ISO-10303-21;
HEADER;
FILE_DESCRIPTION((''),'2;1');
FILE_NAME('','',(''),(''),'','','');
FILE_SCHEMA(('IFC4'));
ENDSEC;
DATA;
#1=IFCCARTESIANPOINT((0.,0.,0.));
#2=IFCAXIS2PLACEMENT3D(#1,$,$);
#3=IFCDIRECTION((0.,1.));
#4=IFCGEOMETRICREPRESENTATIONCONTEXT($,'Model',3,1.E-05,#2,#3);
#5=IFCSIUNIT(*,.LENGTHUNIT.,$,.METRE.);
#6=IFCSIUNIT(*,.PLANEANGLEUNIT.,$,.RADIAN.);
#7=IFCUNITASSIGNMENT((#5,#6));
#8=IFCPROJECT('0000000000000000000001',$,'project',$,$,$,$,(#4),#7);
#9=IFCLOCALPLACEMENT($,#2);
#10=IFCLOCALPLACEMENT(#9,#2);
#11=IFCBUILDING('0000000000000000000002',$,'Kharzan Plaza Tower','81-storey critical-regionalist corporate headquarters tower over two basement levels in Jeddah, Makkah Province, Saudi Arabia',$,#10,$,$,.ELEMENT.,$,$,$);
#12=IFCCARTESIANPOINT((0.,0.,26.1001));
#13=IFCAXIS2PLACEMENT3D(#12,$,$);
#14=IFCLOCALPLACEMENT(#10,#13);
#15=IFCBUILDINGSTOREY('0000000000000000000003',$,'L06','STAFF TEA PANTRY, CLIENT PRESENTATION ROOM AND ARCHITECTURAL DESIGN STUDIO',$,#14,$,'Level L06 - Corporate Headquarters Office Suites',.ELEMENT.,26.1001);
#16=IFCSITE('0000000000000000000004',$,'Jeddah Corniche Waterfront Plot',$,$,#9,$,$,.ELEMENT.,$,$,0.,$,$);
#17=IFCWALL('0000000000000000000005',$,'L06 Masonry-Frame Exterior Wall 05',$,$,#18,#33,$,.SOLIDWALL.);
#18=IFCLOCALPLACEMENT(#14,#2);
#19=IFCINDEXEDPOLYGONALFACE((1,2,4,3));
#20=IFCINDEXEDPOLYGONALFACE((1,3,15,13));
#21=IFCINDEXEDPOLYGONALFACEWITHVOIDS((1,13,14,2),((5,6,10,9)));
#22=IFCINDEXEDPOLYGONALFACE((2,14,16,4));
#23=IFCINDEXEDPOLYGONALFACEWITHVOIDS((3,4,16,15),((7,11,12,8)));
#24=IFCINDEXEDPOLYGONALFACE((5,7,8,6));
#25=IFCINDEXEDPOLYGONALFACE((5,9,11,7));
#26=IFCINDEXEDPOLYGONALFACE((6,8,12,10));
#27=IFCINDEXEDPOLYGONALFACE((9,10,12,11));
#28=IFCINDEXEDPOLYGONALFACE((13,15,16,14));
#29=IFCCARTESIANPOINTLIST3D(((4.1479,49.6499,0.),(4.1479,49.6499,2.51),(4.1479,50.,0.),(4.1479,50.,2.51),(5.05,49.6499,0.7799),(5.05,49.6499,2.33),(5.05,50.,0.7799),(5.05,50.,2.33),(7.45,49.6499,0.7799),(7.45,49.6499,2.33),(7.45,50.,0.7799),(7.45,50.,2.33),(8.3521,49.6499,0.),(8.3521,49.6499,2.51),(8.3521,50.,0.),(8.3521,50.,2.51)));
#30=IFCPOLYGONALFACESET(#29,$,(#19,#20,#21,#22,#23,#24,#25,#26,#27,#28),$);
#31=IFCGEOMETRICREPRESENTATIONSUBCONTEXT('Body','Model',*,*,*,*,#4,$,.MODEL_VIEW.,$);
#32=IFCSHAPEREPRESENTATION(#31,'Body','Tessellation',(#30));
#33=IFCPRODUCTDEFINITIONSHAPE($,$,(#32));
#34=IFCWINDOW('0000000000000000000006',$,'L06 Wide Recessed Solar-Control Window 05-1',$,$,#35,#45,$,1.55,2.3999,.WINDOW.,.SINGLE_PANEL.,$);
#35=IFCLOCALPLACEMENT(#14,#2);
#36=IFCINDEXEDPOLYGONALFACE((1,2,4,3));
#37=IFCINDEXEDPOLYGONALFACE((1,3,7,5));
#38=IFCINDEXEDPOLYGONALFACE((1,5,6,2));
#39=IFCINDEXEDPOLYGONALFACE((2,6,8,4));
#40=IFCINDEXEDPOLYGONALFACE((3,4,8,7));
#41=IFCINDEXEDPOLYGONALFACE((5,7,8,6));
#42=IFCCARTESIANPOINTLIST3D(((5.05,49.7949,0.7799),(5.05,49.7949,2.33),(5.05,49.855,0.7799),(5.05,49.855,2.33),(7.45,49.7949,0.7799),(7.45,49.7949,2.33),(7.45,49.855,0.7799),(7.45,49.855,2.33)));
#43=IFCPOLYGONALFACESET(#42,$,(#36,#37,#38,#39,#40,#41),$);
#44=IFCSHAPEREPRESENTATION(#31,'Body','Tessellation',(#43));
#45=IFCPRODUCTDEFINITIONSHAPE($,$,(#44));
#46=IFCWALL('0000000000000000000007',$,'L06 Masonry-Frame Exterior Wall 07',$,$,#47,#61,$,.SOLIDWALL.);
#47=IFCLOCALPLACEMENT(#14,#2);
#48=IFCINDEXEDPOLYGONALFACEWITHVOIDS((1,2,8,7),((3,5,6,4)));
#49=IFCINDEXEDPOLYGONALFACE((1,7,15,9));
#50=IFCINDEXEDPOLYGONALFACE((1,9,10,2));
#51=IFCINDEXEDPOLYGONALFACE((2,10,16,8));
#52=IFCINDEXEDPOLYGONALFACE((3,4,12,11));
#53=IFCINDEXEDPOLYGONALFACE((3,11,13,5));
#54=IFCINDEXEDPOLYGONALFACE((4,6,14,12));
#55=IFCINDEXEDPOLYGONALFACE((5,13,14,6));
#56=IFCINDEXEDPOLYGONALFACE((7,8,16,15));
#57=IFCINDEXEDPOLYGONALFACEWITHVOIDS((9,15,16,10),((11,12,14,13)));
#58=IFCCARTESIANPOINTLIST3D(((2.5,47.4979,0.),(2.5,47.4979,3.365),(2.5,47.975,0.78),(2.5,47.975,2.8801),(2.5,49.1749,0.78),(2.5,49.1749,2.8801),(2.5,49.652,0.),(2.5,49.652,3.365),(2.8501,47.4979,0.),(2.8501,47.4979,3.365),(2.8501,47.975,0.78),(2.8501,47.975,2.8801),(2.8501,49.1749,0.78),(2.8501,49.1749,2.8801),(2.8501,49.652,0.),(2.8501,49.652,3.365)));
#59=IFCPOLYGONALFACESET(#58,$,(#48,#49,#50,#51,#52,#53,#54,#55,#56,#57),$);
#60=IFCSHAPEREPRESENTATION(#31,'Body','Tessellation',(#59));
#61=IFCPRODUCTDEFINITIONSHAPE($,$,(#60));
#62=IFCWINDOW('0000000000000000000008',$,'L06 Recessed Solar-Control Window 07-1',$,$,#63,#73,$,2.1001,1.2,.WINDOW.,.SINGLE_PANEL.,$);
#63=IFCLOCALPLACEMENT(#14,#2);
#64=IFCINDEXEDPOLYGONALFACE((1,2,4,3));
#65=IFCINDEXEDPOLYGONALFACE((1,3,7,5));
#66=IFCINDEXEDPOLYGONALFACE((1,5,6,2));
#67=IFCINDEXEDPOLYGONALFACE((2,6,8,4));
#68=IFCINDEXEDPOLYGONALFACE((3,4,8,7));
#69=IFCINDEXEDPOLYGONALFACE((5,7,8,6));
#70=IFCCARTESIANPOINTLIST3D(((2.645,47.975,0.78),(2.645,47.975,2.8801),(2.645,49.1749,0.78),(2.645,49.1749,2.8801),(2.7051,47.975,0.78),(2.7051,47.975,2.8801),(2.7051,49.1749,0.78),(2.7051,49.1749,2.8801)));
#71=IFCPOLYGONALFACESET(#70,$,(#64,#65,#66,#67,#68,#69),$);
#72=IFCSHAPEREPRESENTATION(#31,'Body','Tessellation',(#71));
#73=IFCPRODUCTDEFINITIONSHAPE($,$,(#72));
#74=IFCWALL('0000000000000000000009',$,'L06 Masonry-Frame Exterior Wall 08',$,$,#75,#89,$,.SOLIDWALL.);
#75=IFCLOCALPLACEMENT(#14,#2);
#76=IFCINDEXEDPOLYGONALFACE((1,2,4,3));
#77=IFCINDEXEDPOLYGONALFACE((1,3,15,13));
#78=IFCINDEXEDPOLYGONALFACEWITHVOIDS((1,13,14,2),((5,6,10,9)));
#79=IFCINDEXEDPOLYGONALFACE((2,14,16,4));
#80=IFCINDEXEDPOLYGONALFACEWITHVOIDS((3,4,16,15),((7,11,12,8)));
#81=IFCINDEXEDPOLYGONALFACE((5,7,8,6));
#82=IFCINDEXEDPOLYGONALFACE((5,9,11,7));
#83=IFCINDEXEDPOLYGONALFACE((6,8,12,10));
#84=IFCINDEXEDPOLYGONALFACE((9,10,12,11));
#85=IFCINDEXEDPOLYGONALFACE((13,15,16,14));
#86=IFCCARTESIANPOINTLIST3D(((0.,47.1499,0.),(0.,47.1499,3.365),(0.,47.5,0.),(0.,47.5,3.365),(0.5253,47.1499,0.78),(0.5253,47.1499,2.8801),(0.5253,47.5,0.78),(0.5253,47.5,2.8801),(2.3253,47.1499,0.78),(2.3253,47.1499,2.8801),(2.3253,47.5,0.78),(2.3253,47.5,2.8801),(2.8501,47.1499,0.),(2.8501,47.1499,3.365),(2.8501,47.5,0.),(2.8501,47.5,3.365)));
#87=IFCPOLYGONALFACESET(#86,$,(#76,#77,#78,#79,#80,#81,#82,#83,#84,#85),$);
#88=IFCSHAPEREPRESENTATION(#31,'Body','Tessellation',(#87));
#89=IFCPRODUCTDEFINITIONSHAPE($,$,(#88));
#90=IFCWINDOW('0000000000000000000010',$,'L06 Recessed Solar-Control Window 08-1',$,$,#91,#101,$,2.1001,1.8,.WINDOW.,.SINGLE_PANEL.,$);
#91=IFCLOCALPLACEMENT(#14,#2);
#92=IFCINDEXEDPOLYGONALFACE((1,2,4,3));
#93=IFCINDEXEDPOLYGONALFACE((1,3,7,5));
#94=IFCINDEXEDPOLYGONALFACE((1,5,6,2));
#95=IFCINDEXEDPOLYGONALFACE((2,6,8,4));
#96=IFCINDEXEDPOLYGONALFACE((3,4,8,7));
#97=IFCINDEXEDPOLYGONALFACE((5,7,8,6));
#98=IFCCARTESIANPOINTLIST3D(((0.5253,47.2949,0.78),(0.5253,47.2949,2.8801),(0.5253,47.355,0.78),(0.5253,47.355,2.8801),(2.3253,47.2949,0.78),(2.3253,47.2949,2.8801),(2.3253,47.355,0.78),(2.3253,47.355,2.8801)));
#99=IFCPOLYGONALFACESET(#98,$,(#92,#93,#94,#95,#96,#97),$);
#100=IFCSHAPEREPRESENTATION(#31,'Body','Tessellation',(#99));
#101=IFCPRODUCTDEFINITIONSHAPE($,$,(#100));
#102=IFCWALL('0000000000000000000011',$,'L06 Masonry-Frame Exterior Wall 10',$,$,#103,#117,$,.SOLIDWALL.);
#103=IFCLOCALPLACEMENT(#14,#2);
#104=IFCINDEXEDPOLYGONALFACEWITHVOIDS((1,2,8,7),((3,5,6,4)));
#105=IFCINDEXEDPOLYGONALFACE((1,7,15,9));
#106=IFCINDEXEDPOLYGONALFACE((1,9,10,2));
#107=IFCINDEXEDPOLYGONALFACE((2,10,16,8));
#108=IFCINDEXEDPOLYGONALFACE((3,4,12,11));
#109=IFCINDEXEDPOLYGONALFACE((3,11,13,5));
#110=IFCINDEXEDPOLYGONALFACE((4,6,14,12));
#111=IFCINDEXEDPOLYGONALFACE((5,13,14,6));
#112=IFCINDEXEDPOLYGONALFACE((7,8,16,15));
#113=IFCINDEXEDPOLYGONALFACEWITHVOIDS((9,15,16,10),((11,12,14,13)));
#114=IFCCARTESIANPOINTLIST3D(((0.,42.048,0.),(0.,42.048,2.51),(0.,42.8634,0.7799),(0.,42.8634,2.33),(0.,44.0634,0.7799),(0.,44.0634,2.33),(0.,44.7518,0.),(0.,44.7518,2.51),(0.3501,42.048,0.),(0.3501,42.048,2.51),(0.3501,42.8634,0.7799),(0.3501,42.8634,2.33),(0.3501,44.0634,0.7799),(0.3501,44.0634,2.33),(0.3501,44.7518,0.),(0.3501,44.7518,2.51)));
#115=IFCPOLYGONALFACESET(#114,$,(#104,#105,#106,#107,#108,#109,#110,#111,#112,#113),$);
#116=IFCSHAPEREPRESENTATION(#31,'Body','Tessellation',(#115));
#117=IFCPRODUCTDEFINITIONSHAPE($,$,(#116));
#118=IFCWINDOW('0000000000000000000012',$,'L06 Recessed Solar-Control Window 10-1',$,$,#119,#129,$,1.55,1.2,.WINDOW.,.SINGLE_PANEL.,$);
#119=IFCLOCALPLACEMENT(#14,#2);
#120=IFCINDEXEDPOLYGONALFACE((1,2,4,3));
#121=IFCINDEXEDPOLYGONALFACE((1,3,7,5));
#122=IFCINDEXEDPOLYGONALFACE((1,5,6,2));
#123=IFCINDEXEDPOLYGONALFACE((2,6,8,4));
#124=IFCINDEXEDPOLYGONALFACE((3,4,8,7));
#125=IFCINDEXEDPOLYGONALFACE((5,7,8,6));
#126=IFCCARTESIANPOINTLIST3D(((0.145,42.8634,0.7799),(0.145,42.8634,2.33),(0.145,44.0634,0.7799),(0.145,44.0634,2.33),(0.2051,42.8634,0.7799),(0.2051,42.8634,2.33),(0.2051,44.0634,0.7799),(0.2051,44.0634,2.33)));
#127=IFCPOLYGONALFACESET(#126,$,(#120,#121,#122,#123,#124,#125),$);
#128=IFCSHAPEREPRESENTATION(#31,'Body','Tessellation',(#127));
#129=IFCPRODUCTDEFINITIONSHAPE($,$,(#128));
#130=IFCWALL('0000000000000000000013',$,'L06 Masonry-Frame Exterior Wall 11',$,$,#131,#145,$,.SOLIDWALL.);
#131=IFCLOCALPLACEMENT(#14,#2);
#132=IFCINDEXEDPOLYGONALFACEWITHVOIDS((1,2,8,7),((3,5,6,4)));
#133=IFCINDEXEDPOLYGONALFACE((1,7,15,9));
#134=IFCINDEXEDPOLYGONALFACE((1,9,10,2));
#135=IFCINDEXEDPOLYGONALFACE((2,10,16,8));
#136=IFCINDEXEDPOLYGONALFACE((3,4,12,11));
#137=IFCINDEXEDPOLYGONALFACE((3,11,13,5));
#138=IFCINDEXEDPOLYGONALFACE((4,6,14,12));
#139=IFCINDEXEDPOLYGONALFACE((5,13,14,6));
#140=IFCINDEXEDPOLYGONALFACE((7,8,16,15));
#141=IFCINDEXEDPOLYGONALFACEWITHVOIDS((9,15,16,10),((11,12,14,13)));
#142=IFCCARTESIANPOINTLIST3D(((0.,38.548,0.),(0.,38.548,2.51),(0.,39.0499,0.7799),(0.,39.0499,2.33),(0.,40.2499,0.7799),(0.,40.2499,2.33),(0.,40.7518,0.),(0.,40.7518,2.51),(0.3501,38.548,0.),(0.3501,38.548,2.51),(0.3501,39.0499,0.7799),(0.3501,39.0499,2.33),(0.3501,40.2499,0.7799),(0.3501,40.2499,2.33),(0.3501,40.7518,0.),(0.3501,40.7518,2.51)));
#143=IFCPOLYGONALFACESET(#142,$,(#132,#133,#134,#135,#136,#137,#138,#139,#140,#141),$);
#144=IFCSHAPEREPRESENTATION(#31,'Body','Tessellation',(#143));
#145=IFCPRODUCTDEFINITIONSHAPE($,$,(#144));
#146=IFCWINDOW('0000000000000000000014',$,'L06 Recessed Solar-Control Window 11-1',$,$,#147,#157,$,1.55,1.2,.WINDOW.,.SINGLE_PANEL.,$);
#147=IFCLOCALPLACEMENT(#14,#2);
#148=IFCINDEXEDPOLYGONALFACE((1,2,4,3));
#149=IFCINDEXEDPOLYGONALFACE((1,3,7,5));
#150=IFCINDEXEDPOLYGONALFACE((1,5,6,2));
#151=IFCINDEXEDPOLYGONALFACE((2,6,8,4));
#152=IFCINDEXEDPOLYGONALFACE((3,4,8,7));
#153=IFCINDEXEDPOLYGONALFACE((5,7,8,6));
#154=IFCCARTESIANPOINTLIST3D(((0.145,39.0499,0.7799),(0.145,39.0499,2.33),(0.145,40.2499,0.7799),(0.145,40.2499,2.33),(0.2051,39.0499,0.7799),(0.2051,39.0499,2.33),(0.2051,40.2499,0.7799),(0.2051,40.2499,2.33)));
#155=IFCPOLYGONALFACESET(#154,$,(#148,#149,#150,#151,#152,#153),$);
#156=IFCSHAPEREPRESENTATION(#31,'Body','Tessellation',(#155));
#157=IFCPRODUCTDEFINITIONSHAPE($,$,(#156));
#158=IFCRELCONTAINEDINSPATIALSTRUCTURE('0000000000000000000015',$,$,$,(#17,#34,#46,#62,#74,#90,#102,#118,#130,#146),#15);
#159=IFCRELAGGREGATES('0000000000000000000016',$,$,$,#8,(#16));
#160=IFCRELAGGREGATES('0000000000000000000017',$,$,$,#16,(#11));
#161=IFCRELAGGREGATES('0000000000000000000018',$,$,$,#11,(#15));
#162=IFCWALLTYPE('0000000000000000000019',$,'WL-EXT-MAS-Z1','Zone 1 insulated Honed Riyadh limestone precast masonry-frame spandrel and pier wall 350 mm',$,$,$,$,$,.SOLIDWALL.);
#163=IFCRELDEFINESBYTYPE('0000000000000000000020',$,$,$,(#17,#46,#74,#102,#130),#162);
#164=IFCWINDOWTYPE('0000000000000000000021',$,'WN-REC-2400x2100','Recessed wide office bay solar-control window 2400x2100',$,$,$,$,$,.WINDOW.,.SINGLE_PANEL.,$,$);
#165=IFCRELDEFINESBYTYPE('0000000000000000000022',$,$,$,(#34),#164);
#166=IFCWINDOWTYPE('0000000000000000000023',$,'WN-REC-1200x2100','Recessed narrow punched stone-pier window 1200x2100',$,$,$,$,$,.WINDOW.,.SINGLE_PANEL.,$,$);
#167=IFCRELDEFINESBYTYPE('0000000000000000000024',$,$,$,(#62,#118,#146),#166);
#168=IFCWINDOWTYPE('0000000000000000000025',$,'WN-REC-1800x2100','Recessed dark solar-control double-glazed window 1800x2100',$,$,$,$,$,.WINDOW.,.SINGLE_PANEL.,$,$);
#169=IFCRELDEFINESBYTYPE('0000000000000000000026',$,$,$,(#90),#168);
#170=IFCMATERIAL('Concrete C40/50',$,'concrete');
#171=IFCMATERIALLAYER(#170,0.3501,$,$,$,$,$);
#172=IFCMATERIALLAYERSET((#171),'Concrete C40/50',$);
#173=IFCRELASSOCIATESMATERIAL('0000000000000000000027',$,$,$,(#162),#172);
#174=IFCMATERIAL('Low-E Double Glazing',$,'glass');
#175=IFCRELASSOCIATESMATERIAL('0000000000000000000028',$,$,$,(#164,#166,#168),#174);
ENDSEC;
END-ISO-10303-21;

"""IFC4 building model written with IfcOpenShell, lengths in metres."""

from ifc_helpers import new_model, si_unit, direction, frame, frame_2d, origin, place, context, subcontext, project, spatial, rectangle, extrude, source, transform, mapped, material, layer, layer_set, type_object, element, fill, save


model = new_model("IFC4")

# Units and contexts
model_context = context("Model", 3, precision=1e-05, world=origin(), true_north=direction((0.0, 1.0)))
body_context = subcontext(model_context, "Body", "Model", "MODEL_VIEW")
ifc_project = project(units=[si_unit("LENGTHUNIT", "METRE"), si_unit("PLANEANGLEUNIT", "RADIAN")], contexts=[model_context])

# Site, building, storey
site_placement = place(None, origin())
site = spatial("IfcSite", under=ifc_project, at=site_placement, Name="Jeddah Corniche Waterfront Plot", CompositionType="ELEMENT", RefElevation=0.0)
building_placement = place(site_placement, origin())
building = spatial("IfcBuilding", under=site, at=building_placement, Name="Kharzan Plaza Tower", Description="81-storey critical-regionalist corporate headquarters tower over two basement levels in Jeddah, Makkah Province, Saudi Arabia", CompositionType="ELEMENT")
storey_placement = place(building_placement, frame((0.0, 0.0, 26.1001)))
storey = spatial("IfcBuildingStorey", under=building, at=storey_placement, Name="L06", Description="STAFF TEA PANTRY, CLIENT PRESENTATION ROOM AND ARCHITECTURAL DESIGN STUDIO", LongName="Level L06 - Corporate Headquarters Office Suites", CompositionType="ELEMENT", Elevation=26.1001)

# Walls, openings, windows
ifc_material_1 = material(Name="Concrete C40/50", Category="concrete")
ifc_layer_1 = layer(ifc_material_1, 0.3501)
ifc_layer_set_1 = layer_set([ifc_layer_1], Name="Concrete C40/50")
wall_type_1 = type_object("IfcWallType", Name="WL-EXT-MAS-Z1", Description="Zone 1 insulated Honed Riyadh limestone precast masonry-frame spandrel and pier wall 350 mm", PredefinedType="SOLIDWALL", material=ifc_layer_set_1)
wall_1_placement = place(storey_placement, frame((8.3521, 49.825, 0.0), z_axis=(0.0, 0.0, 1.0), x_axis=(-1.0, 0.0, 0.0)))
wall_1 = element("IfcWall", 1, at=wall_1_placement, inside=storey, type_object=wall_type_1, Name="L06 Masonry-Frame Exterior Wall 05", PredefinedType="SOLIDWALL", context=body_context, shape_type="SweptSolid", body=[
    extrude(rectangle(XDim=4.2041, YDim=0.3501, at=frame_2d((2.1021, 0.0))), origin(), (0.0, 0.0, 1.0), 2.51),
])
opening_1_placement = place(wall_1_placement, frame((0.9021, 0.0, 0.78)))
opening_1 = element("IfcOpeningElement", 2, at=opening_1_placement, cuts=wall_1, PredefinedType="OPENING", context=body_context, shape_type="SweptSolid", body=[
    extrude(rectangle(XDim=2.3999, YDim=1.55, at=frame_2d((1.2, 0.7749))), frame((0.0, 0.1851, 0.0), z_axis=(0.0, -1.0, 0.0), x_axis=(1.0, 0.0, 0.0)), (0.0, 0.0, 1.0), 0.3701),
])
ifc_material_2 = material(Name="Low-E Double Glazing", Category="glass")
window_type_1 = type_object("IfcWindowType", Name="WN-REC-2400x2100", Description="Recessed wide office bay solar-control window 2400x2100", PartitioningType="SINGLE_PANEL", PredefinedType="WINDOW", material=ifc_material_2)
shared_shape_1 = source(origin(), body_context, "Body", "SweptSolid", [
    extrude(rectangle(XDim=2.3999, YDim=1.55, at=frame_2d((1.2, 0.7749))), frame((0.0, 0.03, 0.0), z_axis=(0.0, -1.0, 0.0), x_axis=(1.0, 0.0, 0.0)), (0.0, 0.0, 1.0), 0.0601),
])
window_1_placement = place(opening_1_placement, origin())
window_1 = element("IfcWindow", 3, at=window_1_placement, inside=storey, type_object=window_type_1, Name="L06 Wide Recessed Solar-Control Window 05-1", OverallHeight=1.55, OverallWidth=2.3999, PartitioningType="SINGLE_PANEL", PredefinedType="WINDOW", context=body_context, shape_type="MappedRepresentation", body=[
    mapped(shared_shape_1, transform((0.0, 0.0, 0.0), x_axis=(1.0, 0.0, 0.0), y_axis=(0.0, 1.0, 0.0), z_axis=(0.0, 0.0, 1.0))),
])
fill(opening_1, window_1)
wall_2_placement = place(storey_placement, frame((2.675, 49.6521, 0.0), z_axis=(0.0, 0.0, 1.0), x_axis=(0.0, -1.0, 0.0)))
wall_2 = element("IfcWall", 4, at=wall_2_placement, inside=storey, type_object=wall_type_1, Name="L06 Masonry-Frame Exterior Wall 07", PredefinedType="SOLIDWALL", context=body_context, shape_type="SweptSolid", body=[
    extrude(rectangle(XDim=2.1541, YDim=0.3501, at=frame_2d((1.0771, 0.0))), origin(), (0.0, 0.0, 1.0), 3.365),
])
opening_2_placement = place(wall_2_placement, frame((0.4771, 0.0, 0.78)))
opening_2 = element("IfcOpeningElement", 5, at=opening_2_placement, cuts=wall_2, PredefinedType="OPENING", context=body_context, shape_type="SweptSolid", body=[
    extrude(rectangle(XDim=1.2, YDim=2.1001, at=frame_2d((0.6001, 1.05))), frame((0.0, 0.1851, 0.0), z_axis=(0.0, -1.0, 0.0), x_axis=(1.0, 0.0, 0.0)), (0.0, 0.0, 1.0), 0.3701),
])
window_type_2 = type_object("IfcWindowType", Name="WN-REC-1200x2100", Description="Recessed narrow punched stone-pier window 1200x2100", PartitioningType="SINGLE_PANEL", PredefinedType="WINDOW", material=ifc_material_2)
shared_shape_2 = source(origin(), body_context, "Body", "SweptSolid", [
    extrude(rectangle(XDim=1.2, YDim=2.1001, at=frame_2d((0.6001, 1.05))), frame((0.0, 0.03, 0.0), z_axis=(0.0, -1.0, 0.0), x_axis=(1.0, 0.0, 0.0)), (0.0, 0.0, 1.0), 0.0601),
])
window_2_placement = place(opening_2_placement, origin())
window_2 = element("IfcWindow", 6, at=window_2_placement, inside=storey, type_object=window_type_2, Name="L06 Recessed Solar-Control Window 07-1", OverallHeight=2.1001, OverallWidth=1.2, PartitioningType="SINGLE_PANEL", PredefinedType="WINDOW", context=body_context, shape_type="MappedRepresentation", body=[
    mapped(shared_shape_2, transform((0.0, 0.0, 0.0), x_axis=(1.0, 0.0, 0.0), y_axis=(0.0, 1.0, 0.0), z_axis=(0.0, 0.0, 1.0))),
])
fill(opening_2, window_2)
wall_3_placement = place(storey_placement, frame((2.8501, 47.325, 0.0), z_axis=(0.0, 0.0, 1.0), x_axis=(-1.0, 0.0, 0.0)))
wall_3 = element("IfcWall", 7, at=wall_3_placement, inside=storey, type_object=wall_type_1, Name="L06 Masonry-Frame Exterior Wall 08", PredefinedType="SOLIDWALL", context=body_context, shape_type="SweptSolid", body=[
    extrude(rectangle(XDim=2.8501, YDim=0.3501, at=frame_2d((1.425, 0.0))), origin(), (0.0, 0.0, 1.0), 3.365),
])
opening_3_placement = place(wall_3_placement, frame((0.5249, 0.0, 0.78)))
opening_3 = element("IfcOpeningElement", 8, at=opening_3_placement, cuts=wall_3, PredefinedType="OPENING", context=body_context, shape_type="SweptSolid", body=[
    extrude(rectangle(XDim=1.8, YDim=2.1001, at=frame_2d((0.8999, 1.05))), frame((0.0, 0.1851, 0.0), z_axis=(0.0, -1.0, 0.0), x_axis=(1.0, 0.0, 0.0)), (0.0, 0.0, 1.0), 0.3701),
])
window_type_3 = type_object("IfcWindowType", Name="WN-REC-1800x2100", Description="Recessed dark solar-control double-glazed window 1800x2100", PartitioningType="SINGLE_PANEL", PredefinedType="WINDOW", material=ifc_material_2)
shared_shape_3 = source(origin(), body_context, "Body", "SweptSolid", [
    extrude(rectangle(XDim=1.8, YDim=2.1001, at=frame_2d((0.8999, 1.05))), frame((0.0, 0.03, 0.0), z_axis=(0.0, -1.0, 0.0), x_axis=(1.0, 0.0, 0.0)), (0.0, 0.0, 1.0), 0.0601),
])
window_3_placement = place(opening_3_placement, origin())
window_3 = element("IfcWindow", 9, at=window_3_placement, inside=storey, type_object=window_type_3, Name="L06 Recessed Solar-Control Window 08-1", OverallHeight=2.1001, OverallWidth=1.8, PartitioningType="SINGLE_PANEL", PredefinedType="WINDOW", context=body_context, shape_type="MappedRepresentation", body=[
    mapped(shared_shape_3, transform((0.0, 0.0, 0.0), x_axis=(1.0, 0.0, 0.0), y_axis=(0.0, 1.0, 0.0), z_axis=(0.0, 0.0, 1.0))),
])
fill(opening_3, window_3)
wall_4_placement = place(storey_placement, frame((0.175, 44.752, 0.0), z_axis=(0.0, 0.0, 1.0), x_axis=(0.0, -1.0, 0.0)))
wall_4 = element("IfcWall", 10, at=wall_4_placement, inside=storey, type_object=wall_type_1, Name="L06 Masonry-Frame Exterior Wall 10", PredefinedType="SOLIDWALL", context=body_context, shape_type="SweptSolid", body=[
    extrude(rectangle(XDim=2.7039, YDim=0.3501, at=frame_2d((1.3521, 0.0))), origin(), (0.0, 0.0, 1.0), 2.51),
])
opening_4_placement = place(wall_4_placement, frame((0.6885, 0.0, 0.78)))
opening_4 = element("IfcOpeningElement", 11, at=opening_4_placement, cuts=wall_4, PredefinedType="OPENING", context=body_context, shape_type="SweptSolid", body=[
    extrude(rectangle(XDim=1.2, YDim=1.55, at=frame_2d((0.6001, 0.7749))), frame((0.0, 0.1851, 0.0), z_axis=(0.0, -1.0, 0.0), x_axis=(1.0, 0.0, 0.0)), (0.0, 0.0, 1.0), 0.3701),
])
shared_shape_4 = source(origin(), body_context, "Body", "SweptSolid", [
    extrude(rectangle(XDim=1.2, YDim=1.55, at=frame_2d((0.6001, 0.7749))), frame((0.0, 0.03, 0.0), z_axis=(0.0, -1.0, 0.0), x_axis=(1.0, 0.0, 0.0)), (0.0, 0.0, 1.0), 0.0601),
])
window_4_placement = place(opening_4_placement, origin())
window_4 = element("IfcWindow", 12, at=window_4_placement, inside=storey, type_object=window_type_2, Name="L06 Recessed Solar-Control Window 10-1", OverallHeight=1.55, OverallWidth=1.2, PartitioningType="SINGLE_PANEL", PredefinedType="WINDOW", context=body_context, shape_type="MappedRepresentation", body=[
    mapped(shared_shape_4, transform((0.0, 0.0, 0.0), x_axis=(1.0, 0.0, 0.0), y_axis=(0.0, 1.0, 0.0), z_axis=(0.0, 0.0, 1.0))),
])
fill(opening_4, window_4)
wall_5_placement = place(storey_placement, frame((0.175, 40.752, 0.0), z_axis=(0.0, 0.0, 1.0), x_axis=(0.0, -1.0, 0.0)))
wall_5 = element("IfcWall", 13, at=wall_5_placement, inside=storey, type_object=wall_type_1, Name="L06 Masonry-Frame Exterior Wall 11", PredefinedType="SOLIDWALL", context=body_context, shape_type="SweptSolid", body=[
    extrude(rectangle(XDim=2.2039, YDim=0.3501, at=frame_2d((1.1021, 0.0))), origin(), (0.0, 0.0, 1.0), 2.51),
])
opening_5_placement = place(wall_5_placement, frame((0.502, 0.0, 0.78)))
opening_5 = element("IfcOpeningElement", 14, at=opening_5_placement, cuts=wall_5, PredefinedType="OPENING", context=body_context, shape_type="SweptSolid", body=[
    extrude(rectangle(XDim=1.2, YDim=1.55, at=frame_2d((0.6001, 0.7749))), frame((0.0, 0.1851, 0.0), z_axis=(0.0, -1.0, 0.0), x_axis=(1.0, 0.0, 0.0)), (0.0, 0.0, 1.0), 0.3701),
])
window_5_placement = place(opening_5_placement, origin())
window_5 = element("IfcWindow", 15, at=window_5_placement, inside=storey, type_object=window_type_2, Name="L06 Recessed Solar-Control Window 11-1", OverallHeight=1.55, OverallWidth=1.2, PartitioningType="SINGLE_PANEL", PredefinedType="WINDOW", context=body_context, shape_type="MappedRepresentation", body=[
    mapped(shared_shape_4, transform((0.0, 0.0, 0.0), x_axis=(1.0, 0.0, 0.0), y_axis=(0.0, 1.0, 0.0), z_axis=(0.0, 0.0, 1.0))),
])
fill(opening_5, window_5)

save(model, "model.ifc")
